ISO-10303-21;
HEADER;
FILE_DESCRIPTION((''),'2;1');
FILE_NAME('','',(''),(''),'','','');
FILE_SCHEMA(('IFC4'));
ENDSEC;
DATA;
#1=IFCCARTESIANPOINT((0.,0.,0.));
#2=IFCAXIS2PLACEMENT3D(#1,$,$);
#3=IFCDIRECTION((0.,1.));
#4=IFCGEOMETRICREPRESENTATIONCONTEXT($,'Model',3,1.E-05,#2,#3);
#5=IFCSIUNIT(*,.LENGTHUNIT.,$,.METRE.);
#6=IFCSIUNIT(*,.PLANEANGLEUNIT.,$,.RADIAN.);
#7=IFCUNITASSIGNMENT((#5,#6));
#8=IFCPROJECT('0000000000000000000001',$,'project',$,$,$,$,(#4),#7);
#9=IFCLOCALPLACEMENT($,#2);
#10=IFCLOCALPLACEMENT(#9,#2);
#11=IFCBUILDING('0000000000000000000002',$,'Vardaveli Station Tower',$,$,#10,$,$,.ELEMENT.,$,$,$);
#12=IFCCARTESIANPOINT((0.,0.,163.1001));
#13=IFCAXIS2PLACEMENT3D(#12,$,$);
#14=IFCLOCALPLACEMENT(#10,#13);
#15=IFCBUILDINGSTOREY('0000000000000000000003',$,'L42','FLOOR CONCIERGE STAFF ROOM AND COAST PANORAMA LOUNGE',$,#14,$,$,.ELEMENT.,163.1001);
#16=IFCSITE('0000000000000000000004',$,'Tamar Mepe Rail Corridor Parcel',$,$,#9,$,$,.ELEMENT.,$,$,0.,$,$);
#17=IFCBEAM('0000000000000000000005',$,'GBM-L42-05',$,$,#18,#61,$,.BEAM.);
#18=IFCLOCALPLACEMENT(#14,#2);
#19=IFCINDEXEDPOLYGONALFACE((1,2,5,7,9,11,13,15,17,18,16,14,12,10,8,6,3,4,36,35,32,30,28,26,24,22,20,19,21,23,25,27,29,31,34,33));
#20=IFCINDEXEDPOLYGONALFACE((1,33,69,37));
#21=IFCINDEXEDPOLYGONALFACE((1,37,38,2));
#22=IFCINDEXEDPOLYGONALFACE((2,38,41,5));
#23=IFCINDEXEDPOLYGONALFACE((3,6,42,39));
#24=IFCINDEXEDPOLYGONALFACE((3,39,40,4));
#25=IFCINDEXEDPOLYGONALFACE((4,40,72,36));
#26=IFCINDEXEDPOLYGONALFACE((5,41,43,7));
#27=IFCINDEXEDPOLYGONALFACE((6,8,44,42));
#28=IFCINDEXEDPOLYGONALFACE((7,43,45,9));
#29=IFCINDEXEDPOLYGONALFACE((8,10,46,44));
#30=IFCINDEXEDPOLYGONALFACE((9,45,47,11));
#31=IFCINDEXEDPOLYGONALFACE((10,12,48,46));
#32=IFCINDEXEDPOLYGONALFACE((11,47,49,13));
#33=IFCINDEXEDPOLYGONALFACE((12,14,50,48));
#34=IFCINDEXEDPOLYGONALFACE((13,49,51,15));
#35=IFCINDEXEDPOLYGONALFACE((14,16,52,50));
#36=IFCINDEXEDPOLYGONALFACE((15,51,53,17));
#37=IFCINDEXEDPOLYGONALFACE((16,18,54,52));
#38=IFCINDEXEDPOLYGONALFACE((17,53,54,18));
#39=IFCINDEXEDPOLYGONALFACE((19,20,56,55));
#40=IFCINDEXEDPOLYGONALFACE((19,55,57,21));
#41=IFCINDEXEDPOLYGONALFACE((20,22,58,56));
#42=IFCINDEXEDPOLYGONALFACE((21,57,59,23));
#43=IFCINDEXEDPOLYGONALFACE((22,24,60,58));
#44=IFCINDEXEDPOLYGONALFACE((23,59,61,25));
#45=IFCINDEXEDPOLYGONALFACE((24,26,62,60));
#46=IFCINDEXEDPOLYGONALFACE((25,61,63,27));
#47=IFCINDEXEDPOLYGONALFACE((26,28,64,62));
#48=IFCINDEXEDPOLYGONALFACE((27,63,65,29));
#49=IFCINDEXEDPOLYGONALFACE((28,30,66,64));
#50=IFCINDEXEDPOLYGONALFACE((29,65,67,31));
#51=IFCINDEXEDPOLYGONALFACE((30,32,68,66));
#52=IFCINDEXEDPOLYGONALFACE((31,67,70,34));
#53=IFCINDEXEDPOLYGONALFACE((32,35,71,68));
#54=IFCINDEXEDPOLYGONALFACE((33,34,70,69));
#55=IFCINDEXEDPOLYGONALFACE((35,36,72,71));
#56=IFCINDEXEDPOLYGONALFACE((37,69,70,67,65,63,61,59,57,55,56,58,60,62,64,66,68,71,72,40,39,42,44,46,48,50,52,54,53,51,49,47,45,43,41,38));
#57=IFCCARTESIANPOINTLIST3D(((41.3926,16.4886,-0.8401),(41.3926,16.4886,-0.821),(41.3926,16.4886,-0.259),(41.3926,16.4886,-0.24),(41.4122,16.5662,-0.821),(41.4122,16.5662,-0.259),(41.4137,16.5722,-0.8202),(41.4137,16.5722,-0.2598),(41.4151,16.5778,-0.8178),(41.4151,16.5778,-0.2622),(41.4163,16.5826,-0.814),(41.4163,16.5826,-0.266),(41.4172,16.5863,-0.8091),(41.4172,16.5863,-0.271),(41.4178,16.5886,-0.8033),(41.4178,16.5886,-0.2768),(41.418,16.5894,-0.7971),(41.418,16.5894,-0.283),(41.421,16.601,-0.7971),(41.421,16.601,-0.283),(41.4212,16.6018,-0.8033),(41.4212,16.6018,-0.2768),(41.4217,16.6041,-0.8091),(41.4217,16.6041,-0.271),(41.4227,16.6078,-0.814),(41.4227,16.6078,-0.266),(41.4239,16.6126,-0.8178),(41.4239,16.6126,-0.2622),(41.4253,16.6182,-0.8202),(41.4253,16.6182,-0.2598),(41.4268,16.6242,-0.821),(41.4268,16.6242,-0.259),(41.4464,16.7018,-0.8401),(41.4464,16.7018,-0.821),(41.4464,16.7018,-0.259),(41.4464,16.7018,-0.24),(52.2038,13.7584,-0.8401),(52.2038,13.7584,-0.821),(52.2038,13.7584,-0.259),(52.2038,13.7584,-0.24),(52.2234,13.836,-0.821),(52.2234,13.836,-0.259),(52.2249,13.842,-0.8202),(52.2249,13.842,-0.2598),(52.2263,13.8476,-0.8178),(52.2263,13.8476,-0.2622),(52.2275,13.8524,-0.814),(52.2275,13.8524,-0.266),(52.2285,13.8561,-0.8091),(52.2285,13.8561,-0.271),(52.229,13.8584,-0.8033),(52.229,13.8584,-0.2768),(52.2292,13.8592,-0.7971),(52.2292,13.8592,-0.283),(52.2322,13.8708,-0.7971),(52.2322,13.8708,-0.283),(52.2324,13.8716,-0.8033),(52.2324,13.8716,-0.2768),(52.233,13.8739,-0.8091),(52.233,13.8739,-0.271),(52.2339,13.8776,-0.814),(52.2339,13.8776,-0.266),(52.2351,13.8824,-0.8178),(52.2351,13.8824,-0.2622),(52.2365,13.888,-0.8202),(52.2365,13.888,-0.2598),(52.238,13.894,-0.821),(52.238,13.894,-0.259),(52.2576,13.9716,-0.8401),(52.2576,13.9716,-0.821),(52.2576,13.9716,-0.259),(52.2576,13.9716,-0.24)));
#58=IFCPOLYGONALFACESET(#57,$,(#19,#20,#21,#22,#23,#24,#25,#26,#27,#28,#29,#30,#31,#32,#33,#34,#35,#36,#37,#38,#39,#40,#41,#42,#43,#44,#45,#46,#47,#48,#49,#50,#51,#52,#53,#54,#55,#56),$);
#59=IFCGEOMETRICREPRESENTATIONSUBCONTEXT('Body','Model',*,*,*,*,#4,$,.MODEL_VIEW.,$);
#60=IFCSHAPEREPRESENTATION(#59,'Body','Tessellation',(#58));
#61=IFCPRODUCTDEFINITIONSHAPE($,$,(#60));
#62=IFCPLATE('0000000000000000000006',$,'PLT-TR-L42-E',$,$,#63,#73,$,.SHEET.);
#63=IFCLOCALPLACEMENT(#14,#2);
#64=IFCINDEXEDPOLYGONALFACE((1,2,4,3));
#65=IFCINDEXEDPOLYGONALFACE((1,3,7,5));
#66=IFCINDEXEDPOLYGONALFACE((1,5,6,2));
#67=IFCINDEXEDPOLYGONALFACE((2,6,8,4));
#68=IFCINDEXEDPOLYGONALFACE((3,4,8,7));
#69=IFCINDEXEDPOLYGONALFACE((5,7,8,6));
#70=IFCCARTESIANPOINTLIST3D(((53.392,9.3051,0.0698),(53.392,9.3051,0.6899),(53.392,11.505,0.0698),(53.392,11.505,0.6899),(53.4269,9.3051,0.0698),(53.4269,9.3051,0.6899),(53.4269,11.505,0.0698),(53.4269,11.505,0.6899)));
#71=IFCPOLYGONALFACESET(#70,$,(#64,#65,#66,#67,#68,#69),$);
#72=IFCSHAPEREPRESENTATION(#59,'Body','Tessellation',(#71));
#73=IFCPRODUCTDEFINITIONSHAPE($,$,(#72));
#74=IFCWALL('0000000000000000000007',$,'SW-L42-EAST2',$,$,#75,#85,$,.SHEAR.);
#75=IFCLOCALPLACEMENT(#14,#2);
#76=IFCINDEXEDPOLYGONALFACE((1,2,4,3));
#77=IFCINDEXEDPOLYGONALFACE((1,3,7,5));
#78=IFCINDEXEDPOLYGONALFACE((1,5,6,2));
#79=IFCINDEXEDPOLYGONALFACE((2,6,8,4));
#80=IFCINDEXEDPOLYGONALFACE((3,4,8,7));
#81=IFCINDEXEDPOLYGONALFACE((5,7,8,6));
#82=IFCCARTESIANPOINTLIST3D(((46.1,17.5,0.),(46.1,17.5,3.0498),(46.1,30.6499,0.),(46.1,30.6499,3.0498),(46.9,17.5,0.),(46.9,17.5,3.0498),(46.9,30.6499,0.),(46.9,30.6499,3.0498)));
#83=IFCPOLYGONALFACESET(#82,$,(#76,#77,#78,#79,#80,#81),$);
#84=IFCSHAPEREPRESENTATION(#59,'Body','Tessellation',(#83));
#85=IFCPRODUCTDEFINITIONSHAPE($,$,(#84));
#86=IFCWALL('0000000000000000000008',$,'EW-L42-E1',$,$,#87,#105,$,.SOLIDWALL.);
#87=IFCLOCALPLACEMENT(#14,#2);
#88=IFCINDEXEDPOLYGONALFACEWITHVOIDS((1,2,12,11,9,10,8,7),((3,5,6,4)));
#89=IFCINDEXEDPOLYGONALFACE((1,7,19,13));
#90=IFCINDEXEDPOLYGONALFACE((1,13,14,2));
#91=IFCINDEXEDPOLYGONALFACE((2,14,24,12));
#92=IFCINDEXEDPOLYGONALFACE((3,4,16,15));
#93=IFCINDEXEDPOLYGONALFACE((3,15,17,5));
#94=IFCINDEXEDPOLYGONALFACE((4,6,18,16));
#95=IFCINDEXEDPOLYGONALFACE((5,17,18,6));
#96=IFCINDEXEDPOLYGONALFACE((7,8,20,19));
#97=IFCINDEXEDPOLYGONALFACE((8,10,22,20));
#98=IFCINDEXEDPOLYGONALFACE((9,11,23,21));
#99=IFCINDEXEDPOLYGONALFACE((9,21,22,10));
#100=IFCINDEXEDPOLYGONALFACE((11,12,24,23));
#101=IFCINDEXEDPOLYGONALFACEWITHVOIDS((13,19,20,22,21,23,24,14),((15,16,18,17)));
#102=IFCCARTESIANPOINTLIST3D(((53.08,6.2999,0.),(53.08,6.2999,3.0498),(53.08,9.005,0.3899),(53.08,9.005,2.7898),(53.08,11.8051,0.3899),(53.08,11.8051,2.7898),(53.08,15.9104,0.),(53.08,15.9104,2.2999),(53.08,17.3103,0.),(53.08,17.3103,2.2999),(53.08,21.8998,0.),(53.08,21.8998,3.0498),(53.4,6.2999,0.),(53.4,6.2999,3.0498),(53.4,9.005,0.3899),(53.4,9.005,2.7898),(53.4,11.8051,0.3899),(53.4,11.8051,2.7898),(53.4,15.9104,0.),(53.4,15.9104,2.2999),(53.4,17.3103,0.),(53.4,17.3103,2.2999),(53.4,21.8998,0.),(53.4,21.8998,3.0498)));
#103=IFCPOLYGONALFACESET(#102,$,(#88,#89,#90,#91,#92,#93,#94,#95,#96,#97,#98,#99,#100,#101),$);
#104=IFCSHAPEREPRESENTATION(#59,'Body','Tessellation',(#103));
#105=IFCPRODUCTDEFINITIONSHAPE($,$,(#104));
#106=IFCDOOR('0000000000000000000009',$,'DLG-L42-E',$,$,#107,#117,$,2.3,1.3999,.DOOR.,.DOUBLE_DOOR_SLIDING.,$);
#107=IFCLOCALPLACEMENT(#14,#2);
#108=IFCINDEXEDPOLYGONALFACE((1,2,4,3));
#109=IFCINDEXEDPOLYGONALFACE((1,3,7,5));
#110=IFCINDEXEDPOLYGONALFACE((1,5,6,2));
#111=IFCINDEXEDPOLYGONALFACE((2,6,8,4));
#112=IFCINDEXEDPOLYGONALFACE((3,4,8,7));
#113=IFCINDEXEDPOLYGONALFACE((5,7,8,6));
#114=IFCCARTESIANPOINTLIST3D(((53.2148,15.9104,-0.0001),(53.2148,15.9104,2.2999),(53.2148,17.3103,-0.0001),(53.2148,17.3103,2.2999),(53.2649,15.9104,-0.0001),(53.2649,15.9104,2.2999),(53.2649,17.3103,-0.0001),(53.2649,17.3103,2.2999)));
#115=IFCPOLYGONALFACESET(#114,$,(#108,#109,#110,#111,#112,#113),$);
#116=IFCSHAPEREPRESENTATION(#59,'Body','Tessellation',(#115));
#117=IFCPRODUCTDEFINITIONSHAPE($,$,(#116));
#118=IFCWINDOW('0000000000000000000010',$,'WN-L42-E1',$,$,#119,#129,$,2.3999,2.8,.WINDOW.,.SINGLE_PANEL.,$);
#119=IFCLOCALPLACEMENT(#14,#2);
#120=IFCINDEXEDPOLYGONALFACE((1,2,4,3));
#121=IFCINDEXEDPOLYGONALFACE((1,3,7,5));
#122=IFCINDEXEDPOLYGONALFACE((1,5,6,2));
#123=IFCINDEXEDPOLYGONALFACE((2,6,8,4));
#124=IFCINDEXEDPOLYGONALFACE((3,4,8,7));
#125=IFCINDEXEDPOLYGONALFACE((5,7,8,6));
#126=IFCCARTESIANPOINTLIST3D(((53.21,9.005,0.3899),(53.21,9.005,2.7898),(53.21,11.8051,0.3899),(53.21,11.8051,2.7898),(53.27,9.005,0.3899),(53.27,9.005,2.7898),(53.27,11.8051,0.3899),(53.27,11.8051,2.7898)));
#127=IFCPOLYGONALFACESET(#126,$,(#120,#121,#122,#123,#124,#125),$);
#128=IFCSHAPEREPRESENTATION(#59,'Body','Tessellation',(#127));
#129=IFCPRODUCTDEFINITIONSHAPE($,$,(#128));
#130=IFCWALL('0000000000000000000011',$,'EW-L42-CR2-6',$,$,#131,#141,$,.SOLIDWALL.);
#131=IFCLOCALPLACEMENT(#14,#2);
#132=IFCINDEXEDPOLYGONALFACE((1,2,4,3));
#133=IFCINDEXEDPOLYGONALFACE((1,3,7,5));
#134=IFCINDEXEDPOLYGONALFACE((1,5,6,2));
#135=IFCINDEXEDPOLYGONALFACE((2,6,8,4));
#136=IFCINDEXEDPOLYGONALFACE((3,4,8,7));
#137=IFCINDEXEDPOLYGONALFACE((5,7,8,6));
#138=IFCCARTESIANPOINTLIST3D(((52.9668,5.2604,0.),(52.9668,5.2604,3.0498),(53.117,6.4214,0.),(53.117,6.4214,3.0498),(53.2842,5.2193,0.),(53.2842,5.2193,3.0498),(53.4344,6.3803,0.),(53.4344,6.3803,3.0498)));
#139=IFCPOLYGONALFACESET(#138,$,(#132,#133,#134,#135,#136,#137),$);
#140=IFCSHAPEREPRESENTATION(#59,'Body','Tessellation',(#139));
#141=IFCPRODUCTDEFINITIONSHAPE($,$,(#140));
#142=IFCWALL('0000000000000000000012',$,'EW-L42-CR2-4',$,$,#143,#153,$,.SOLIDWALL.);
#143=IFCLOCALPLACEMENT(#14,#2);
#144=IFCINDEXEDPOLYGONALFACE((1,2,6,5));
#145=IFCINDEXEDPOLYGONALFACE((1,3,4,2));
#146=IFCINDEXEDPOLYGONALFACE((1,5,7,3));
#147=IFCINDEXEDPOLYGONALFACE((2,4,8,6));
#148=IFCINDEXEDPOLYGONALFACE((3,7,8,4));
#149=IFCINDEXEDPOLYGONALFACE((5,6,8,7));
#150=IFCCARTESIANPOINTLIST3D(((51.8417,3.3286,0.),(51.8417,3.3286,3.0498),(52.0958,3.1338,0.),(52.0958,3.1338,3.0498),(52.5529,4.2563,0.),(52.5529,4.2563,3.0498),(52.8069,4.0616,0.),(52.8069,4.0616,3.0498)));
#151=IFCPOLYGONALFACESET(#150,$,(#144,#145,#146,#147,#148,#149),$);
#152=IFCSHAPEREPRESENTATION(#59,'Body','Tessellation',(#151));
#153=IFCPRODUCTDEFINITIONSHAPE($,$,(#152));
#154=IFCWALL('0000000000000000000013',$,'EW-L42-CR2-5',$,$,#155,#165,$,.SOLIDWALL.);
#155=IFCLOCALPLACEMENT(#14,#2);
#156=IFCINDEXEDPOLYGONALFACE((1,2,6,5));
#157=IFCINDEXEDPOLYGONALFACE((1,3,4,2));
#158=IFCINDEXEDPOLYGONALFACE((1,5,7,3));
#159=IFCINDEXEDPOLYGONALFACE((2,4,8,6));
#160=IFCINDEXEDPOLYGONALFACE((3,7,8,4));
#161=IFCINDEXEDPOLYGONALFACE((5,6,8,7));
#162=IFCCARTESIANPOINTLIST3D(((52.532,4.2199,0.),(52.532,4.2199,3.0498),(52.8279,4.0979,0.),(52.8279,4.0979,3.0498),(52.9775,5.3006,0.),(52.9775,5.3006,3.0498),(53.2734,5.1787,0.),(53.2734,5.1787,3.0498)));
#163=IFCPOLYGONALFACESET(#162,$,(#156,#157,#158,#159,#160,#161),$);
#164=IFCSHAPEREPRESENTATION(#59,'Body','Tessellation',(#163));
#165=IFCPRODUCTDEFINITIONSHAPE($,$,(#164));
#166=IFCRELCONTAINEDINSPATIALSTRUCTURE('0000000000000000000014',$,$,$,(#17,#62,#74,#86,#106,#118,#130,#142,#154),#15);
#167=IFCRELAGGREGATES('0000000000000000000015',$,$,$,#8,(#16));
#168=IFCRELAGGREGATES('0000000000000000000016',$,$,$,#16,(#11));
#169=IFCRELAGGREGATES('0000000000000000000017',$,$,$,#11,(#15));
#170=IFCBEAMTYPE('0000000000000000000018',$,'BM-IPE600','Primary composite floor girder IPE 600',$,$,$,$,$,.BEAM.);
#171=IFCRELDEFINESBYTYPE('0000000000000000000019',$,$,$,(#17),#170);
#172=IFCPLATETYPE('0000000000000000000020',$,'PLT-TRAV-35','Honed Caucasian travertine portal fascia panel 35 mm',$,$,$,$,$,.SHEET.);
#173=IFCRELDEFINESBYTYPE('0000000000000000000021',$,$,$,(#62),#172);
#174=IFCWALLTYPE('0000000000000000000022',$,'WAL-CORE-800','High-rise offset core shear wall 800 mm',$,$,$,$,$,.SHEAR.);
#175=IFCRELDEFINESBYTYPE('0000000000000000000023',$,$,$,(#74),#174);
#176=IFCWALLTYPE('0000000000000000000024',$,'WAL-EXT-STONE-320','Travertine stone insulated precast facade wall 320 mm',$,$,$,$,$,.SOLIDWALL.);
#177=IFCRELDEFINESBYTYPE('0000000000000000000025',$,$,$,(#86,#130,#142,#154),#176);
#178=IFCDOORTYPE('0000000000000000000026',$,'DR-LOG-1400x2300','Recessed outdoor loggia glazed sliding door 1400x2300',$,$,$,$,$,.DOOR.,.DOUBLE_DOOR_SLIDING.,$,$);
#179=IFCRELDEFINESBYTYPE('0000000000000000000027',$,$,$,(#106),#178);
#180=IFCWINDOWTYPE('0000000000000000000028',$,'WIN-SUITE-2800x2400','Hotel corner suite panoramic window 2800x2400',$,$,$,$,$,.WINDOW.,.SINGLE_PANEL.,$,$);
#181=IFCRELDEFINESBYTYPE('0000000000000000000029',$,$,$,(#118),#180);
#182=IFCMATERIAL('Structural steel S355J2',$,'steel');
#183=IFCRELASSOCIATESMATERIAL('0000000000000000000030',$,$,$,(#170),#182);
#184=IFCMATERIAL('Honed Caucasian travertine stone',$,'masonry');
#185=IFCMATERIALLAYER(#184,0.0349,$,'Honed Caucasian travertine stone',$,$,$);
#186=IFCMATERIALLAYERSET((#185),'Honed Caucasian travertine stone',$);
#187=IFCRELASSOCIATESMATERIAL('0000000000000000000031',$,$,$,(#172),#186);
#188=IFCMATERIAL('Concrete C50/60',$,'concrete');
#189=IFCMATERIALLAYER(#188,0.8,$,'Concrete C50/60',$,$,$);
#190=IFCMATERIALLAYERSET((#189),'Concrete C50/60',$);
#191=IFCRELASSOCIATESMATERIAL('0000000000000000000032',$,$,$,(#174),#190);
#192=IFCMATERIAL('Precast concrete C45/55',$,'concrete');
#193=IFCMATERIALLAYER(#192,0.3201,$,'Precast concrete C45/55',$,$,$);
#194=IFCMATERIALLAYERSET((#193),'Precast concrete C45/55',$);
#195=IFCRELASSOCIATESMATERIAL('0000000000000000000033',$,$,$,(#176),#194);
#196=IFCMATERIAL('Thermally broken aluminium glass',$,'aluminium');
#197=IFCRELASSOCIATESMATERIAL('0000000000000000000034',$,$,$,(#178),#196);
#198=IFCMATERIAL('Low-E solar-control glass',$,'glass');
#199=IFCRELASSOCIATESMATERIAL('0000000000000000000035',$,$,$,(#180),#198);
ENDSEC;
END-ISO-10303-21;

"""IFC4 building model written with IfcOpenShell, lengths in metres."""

from ifc_helpers import new_model, si_unit, direction, frame, frame_2d, origin, origin_2d, place, context, subcontext, project, spatial, rectangle, i_section, extrude, source, transform, mapped, material, layer, layer_set, material_profile, profile_set, type_object, element, fill, save


model = new_model("IFC4")

# Units and contexts
model_context = context("Model", 3, precision=1e-05, world=origin(), true_north=direction((0.0, 1.0)))
body_context = subcontext(model_context, "Body", "Model", "MODEL_VIEW")
ifc_project = project(units=[si_unit("LENGTHUNIT", "METRE"), si_unit("PLANEANGLEUNIT", "RADIAN")], contexts=[model_context])

# Site, building, storey
site_placement = place(None, origin())
site = spatial("IfcSite", under=ifc_project, at=site_placement, Name="Tamar Mepe Rail Corridor Parcel", CompositionType="ELEMENT", RefElevation=0.0)
building_placement = place(site_placement, origin())
building = spatial("IfcBuilding", under=site, at=building_placement, Name="Vardaveli Station Tower", CompositionType="ELEMENT")
storey_placement = place(building_placement, frame((0.0, 0.0, 163.1001)))
storey = spatial("IfcBuildingStorey", under=building, at=storey_placement, Name="L42", Description="FLOOR CONCIERGE STAFF ROOM AND COAST PANORAMA LOUNGE", CompositionType="ELEMENT", Elevation=163.1001)

# Beam
ifc_material_1 = material(Name="Precast concrete C45/55", Category="concrete")
ifc_material_2 = material(Name="Structural steel S355J2", Category="steel")
ifc_material_profile_1 = material_profile(ifc_material_2, i_section(OverallWidth=0.22, OverallDepth=0.6001, WebThickness=0.012, FlangeThickness=0.019, FilletRadius=0.0239, at=origin_2d()), Name="IPE 600")
ifc_profile_set_1 = profile_set([ifc_material_profile_1], Name="Structural steel S355J2")
beam_type_1 = type_object("IfcBeamType", Name="BM-IPE600", Description="Primary composite floor girder IPE 600", PredefinedType="BEAM", material=ifc_profile_set_1)
shared_shape_1 = source(origin(), body_context, "Body", "SweptSolid", [
    extrude(i_section(OverallWidth=0.22, OverallDepth=0.6001, WebThickness=0.012, FlangeThickness=0.019, FilletRadius=0.0239, at=origin_2d()), origin(), (0.0, 0.0, 1.0), 11.1506),
])
beam_1_placement = place(storey_placement, frame((52.2307, 13.865, -0.54), z_axis=(-0.969561, 0.244848, 0.0), x_axis=(-0.244848, -0.969561, 0.0)))
element("IfcBeam", 1, at=beam_1_placement, inside=storey, type_object=beam_type_1, Name="GBM-L42-05", PredefinedType="BEAM", context=body_context, shape_type="MappedRepresentation", body=[
    mapped(shared_shape_1, transform((0.0, 0.0, 0.0), scale=1.0)),
])

# Plate
ifc_material_3 = material(Name="Honed Caucasian travertine stone", Category="masonry")
ifc_layer_1 = layer(ifc_material_3, 0.0349, Name="Honed Caucasian travertine stone")
ifc_layer_set_1 = layer_set([ifc_layer_1], Name="Honed Caucasian travertine stone")
plate_type = type_object("IfcPlateType", Name="PLT-TRAV-35", Description="Honed Caucasian travertine portal fascia panel 35 mm", PredefinedType="SHEET", material=ifc_layer_set_1)
shared_shape_2 = source(origin(), body_context, "Body", "SweptSolid", [
    extrude(rectangle(XDim=2.2, YDim=0.0349, at=origin_2d()), origin(), (0.0, 0.0, 1.0), 0.6201),
])
plate_placement = place(storey_placement, frame((53.4094, 10.405, 0.0698), z_axis=(0.0, 0.0, 1.0), x_axis=(0.0, 1.0, 0.0)))
element("IfcPlate", 2, at=plate_placement, inside=storey, type_object=plate_type, Name="PLT-TR-L42-E", PredefinedType="SHEET", context=body_context, shape_type="MappedRepresentation", body=[
    mapped(shared_shape_2, transform((0.0, 0.0, 0.0), scale=1.0)),
])

# Wall
ifc_material_4 = material(Name="Concrete C50/60", Category="concrete")
ifc_layer_2 = layer(ifc_material_4, 0.8, Name="Concrete C50/60")
ifc_layer_set_2 = layer_set([ifc_layer_2], Name="Concrete C50/60")
wall_type_1 = type_object("IfcWallType", Name="WAL-CORE-800", Description="High-rise offset core shear wall 800 mm", PredefinedType="SHEAR", material=ifc_layer_set_2)
shared_shape_3 = source(origin(), body_context, "Body", "SweptSolid", [
    extrude(rectangle(XDim=13.1499, YDim=0.8, at=frame_2d((6.575, 0.0))), origin(), (0.0, 0.0, 1.0), 3.0498),
])
wall_1_placement = place(storey_placement, frame((46.5, 17.5, 0.0), z_axis=(0.0, 0.0, 1.0), x_axis=(0.0, 1.0, 0.0)))
element("IfcWall", 3, at=wall_1_placement, inside=storey, type_object=wall_type_1, Name="SW-L42-EAST2", PredefinedType="SHEAR", context=body_context, shape_type="MappedRepresentation", body=[
    mapped(shared_shape_3, transform((0.0, 0.0, 0.0), scale=1.0)),
])

# Wall, openings, door, window
ifc_layer_3 = layer(ifc_material_1, 0.3201, Name="Precast concrete C45/55")
ifc_layer_set_3 = layer_set([ifc_layer_3], Name="Precast concrete C45/55")
wall_type_2 = type_object("IfcWallType", Name="WAL-EXT-STONE-320", Description="Travertine stone insulated precast facade wall 320 mm", PredefinedType="SOLIDWALL", material=ifc_layer_set_3)
shared_shape_4 = source(origin(), body_context, "Body", "SweptSolid", [
    extrude(rectangle(XDim=15.5999, YDim=0.3201, at=frame_2d((7.7998, 0.0))), origin(), (0.0, 0.0, 1.0), 3.0498),
])
wall_2_placement = place(storey_placement, frame((53.24, 6.3, 0.0), z_axis=(0.0, 0.0, 1.0), x_axis=(0.0, 1.0, 0.0)))
wall_2 = element("IfcWall", 4, at=wall_2_placement, inside=storey, type_object=wall_type_2, Name="EW-L42-E1", PredefinedType="SOLIDWALL", context=body_context, shape_type="MappedRepresentation", body=[
    mapped(shared_shape_4, transform((0.0, 0.0, 0.0), scale=1.0)),
])
shared_shape_5 = source(origin(), body_context, "Body", "SweptSolid", [
    extrude(rectangle(XDim=1.3999, YDim=2.3, at=frame_2d((0.7, 1.1499))), frame((0.0, 0.1699, 0.0), z_axis=(0.0, -1.0, 0.0), x_axis=(1.0, 0.0, 0.0)), (0.0, 0.0, 1.0), 0.3401),
])
opening_1_placement = place(wall_2_placement, frame((9.6104, 0.0, 0.0)))
opening_1 = element("IfcOpeningElement", 5, at=opening_1_placement, cuts=wall_2, PredefinedType="OPENING", context=body_context, shape_type="MappedRepresentation", body=[
    mapped(shared_shape_5, transform((0.0, 0.0, 0.0), scale=1.0)),
])
shared_shape_6 = source(origin(), body_context, "Body", "SweptSolid", [
    extrude(rectangle(XDim=2.8, YDim=2.3999, at=frame_2d((1.3999, 1.2))), frame((0.0, 0.1699, 0.0), z_axis=(0.0, -1.0, 0.0), x_axis=(1.0, 0.0, 0.0)), (0.0, 0.0, 1.0), 0.3401),
])
opening_2_placement = place(wall_2_placement, frame((2.7051, 0.0, 0.3899)))
opening_2 = element("IfcOpeningElement", 6, at=opening_2_placement, cuts=wall_2, PredefinedType="OPENING", context=body_context, shape_type="MappedRepresentation", body=[
    mapped(shared_shape_6, transform((0.0, 0.0, 0.0), scale=1.0)),
])
ifc_material_5 = material(Name="Thermally broken aluminium glass", Category="aluminium")
door_type = type_object("IfcDoorType", Name="DR-LOG-1400x2300", Description="Recessed outdoor loggia glazed sliding door 1400x2300", OperationType="DOUBLE_DOOR_SLIDING", PredefinedType="DOOR", material=ifc_material_5)
shared_shape_7 = source(origin(), body_context, "Body", "SweptSolid", [
    extrude(rectangle(XDim=1.3999, YDim=2.3, at=frame_2d((0.7, 1.1499))), frame((0.0, 0.0249, 0.0), z_axis=(0.0, -1.0, 0.0), x_axis=(1.0, 0.0, 0.0)), (0.0, 0.0, 1.0), 0.05),
])
door_placement = place(opening_1_placement, frame((1.3999, 0.0, 0.0), z_axis=(0.0, 0.0, 1.0), x_axis=(-1.0, 0.0, 0.0)))
door = element("IfcDoor", 7, at=door_placement, inside=storey, type_object=door_type, Name="DLG-L42-E", OperationType="DOUBLE_DOOR_SLIDING", OverallHeight=2.3, OverallWidth=1.3999, PredefinedType="DOOR", context=body_context, shape_type="MappedRepresentation", body=[
    mapped(shared_shape_7, transform((0.0, 0.0, 0.0), scale=1.0)),
])
fill(opening_1, door)
ifc_material_6 = material(Name="Low-E solar-control glass", Category="glass")
window_type = type_object("IfcWindowType", Name="WIN-SUITE-2800x2400", Description="Hotel corner suite panoramic window 2800x2400", PartitioningType="SINGLE_PANEL", PredefinedType="WINDOW", material=ifc_material_6)
shared_shape_8 = source(origin(), body_context, "Body", "SweptSolid", [
    extrude(rectangle(XDim=2.8, YDim=2.3999, at=frame_2d((1.3999, 1.2))), frame((0.0, 0.03, 0.0), z_axis=(0.0, -1.0, 0.0), x_axis=(1.0, 0.0, 0.0)), (0.0, 0.0, 1.0), 0.0601),
])
window_placement = place(opening_2_placement, origin())
window = element("IfcWindow", 8, at=window_placement, inside=storey, type_object=window_type, Name="WN-L42-E1", OverallHeight=2.3999, OverallWidth=2.8, PartitioningType="SINGLE_PANEL", PredefinedType="WINDOW", context=body_context, shape_type="MappedRepresentation", body=[
    mapped(shared_shape_8, transform((0.0, 0.0, 0.0), scale=1.0)),
])
fill(opening_2, window)

# Walls
shared_shape_9 = source(origin(), body_context, "Body", "SweptSolid", [
    extrude(rectangle(XDim=1.1707, YDim=0.3201, at=frame_2d((0.5854, 0.0))), origin(), (0.0, 0.0, 1.0), 3.0498),
])
wall_3_placement = place(storey_placement, frame((53.1255, 5.2397, 0.0), z_axis=(0.0, 0.0, 1.0), x_axis=(0.128269, 0.991739, 0.0)))
element("IfcWall", 9, at=wall_3_placement, inside=storey, type_object=wall_type_2, Name="EW-L42-CR2-6", PredefinedType="SOLIDWALL", context=body_context, shape_type="MappedRepresentation", body=[
    mapped(shared_shape_9, transform((0.0, 0.0, 0.0), scale=1.0)),
])
shared_shape_10 = source(origin(), body_context, "Body", "SweptSolid", [
    extrude(rectangle(XDim=1.1689, YDim=0.3201, at=frame_2d((0.5845, 0.0))), origin(), (0.0, 0.0, 1.0), 3.0498),
])
for number, where, z_axis, x_axis, name in (
    (10, (51.9688, 3.2312, 0.0), (0.0, 0.0, 1.0), (0.608388, 0.79364, 0.0), "EW-L42-CR2-4"),
    (11, (52.6799, 4.1589, 0.0), (0.0, 0.0, 1.0), (0.381128, 0.924522, 0.0), "EW-L42-CR2-5"),
):
    element("IfcWall", number, at=place(storey_placement, frame(where, z_axis=z_axis, x_axis=x_axis)), inside=storey, type_object=wall_type_2, Name=name, PredefinedType="SOLIDWALL", context=body_context, shape_type="MappedRepresentation", body=[
        mapped(shared_shape_10, transform((0.0, 0.0, 0.0), scale=1.0)),
    ])

save(model, "model.ifc")
